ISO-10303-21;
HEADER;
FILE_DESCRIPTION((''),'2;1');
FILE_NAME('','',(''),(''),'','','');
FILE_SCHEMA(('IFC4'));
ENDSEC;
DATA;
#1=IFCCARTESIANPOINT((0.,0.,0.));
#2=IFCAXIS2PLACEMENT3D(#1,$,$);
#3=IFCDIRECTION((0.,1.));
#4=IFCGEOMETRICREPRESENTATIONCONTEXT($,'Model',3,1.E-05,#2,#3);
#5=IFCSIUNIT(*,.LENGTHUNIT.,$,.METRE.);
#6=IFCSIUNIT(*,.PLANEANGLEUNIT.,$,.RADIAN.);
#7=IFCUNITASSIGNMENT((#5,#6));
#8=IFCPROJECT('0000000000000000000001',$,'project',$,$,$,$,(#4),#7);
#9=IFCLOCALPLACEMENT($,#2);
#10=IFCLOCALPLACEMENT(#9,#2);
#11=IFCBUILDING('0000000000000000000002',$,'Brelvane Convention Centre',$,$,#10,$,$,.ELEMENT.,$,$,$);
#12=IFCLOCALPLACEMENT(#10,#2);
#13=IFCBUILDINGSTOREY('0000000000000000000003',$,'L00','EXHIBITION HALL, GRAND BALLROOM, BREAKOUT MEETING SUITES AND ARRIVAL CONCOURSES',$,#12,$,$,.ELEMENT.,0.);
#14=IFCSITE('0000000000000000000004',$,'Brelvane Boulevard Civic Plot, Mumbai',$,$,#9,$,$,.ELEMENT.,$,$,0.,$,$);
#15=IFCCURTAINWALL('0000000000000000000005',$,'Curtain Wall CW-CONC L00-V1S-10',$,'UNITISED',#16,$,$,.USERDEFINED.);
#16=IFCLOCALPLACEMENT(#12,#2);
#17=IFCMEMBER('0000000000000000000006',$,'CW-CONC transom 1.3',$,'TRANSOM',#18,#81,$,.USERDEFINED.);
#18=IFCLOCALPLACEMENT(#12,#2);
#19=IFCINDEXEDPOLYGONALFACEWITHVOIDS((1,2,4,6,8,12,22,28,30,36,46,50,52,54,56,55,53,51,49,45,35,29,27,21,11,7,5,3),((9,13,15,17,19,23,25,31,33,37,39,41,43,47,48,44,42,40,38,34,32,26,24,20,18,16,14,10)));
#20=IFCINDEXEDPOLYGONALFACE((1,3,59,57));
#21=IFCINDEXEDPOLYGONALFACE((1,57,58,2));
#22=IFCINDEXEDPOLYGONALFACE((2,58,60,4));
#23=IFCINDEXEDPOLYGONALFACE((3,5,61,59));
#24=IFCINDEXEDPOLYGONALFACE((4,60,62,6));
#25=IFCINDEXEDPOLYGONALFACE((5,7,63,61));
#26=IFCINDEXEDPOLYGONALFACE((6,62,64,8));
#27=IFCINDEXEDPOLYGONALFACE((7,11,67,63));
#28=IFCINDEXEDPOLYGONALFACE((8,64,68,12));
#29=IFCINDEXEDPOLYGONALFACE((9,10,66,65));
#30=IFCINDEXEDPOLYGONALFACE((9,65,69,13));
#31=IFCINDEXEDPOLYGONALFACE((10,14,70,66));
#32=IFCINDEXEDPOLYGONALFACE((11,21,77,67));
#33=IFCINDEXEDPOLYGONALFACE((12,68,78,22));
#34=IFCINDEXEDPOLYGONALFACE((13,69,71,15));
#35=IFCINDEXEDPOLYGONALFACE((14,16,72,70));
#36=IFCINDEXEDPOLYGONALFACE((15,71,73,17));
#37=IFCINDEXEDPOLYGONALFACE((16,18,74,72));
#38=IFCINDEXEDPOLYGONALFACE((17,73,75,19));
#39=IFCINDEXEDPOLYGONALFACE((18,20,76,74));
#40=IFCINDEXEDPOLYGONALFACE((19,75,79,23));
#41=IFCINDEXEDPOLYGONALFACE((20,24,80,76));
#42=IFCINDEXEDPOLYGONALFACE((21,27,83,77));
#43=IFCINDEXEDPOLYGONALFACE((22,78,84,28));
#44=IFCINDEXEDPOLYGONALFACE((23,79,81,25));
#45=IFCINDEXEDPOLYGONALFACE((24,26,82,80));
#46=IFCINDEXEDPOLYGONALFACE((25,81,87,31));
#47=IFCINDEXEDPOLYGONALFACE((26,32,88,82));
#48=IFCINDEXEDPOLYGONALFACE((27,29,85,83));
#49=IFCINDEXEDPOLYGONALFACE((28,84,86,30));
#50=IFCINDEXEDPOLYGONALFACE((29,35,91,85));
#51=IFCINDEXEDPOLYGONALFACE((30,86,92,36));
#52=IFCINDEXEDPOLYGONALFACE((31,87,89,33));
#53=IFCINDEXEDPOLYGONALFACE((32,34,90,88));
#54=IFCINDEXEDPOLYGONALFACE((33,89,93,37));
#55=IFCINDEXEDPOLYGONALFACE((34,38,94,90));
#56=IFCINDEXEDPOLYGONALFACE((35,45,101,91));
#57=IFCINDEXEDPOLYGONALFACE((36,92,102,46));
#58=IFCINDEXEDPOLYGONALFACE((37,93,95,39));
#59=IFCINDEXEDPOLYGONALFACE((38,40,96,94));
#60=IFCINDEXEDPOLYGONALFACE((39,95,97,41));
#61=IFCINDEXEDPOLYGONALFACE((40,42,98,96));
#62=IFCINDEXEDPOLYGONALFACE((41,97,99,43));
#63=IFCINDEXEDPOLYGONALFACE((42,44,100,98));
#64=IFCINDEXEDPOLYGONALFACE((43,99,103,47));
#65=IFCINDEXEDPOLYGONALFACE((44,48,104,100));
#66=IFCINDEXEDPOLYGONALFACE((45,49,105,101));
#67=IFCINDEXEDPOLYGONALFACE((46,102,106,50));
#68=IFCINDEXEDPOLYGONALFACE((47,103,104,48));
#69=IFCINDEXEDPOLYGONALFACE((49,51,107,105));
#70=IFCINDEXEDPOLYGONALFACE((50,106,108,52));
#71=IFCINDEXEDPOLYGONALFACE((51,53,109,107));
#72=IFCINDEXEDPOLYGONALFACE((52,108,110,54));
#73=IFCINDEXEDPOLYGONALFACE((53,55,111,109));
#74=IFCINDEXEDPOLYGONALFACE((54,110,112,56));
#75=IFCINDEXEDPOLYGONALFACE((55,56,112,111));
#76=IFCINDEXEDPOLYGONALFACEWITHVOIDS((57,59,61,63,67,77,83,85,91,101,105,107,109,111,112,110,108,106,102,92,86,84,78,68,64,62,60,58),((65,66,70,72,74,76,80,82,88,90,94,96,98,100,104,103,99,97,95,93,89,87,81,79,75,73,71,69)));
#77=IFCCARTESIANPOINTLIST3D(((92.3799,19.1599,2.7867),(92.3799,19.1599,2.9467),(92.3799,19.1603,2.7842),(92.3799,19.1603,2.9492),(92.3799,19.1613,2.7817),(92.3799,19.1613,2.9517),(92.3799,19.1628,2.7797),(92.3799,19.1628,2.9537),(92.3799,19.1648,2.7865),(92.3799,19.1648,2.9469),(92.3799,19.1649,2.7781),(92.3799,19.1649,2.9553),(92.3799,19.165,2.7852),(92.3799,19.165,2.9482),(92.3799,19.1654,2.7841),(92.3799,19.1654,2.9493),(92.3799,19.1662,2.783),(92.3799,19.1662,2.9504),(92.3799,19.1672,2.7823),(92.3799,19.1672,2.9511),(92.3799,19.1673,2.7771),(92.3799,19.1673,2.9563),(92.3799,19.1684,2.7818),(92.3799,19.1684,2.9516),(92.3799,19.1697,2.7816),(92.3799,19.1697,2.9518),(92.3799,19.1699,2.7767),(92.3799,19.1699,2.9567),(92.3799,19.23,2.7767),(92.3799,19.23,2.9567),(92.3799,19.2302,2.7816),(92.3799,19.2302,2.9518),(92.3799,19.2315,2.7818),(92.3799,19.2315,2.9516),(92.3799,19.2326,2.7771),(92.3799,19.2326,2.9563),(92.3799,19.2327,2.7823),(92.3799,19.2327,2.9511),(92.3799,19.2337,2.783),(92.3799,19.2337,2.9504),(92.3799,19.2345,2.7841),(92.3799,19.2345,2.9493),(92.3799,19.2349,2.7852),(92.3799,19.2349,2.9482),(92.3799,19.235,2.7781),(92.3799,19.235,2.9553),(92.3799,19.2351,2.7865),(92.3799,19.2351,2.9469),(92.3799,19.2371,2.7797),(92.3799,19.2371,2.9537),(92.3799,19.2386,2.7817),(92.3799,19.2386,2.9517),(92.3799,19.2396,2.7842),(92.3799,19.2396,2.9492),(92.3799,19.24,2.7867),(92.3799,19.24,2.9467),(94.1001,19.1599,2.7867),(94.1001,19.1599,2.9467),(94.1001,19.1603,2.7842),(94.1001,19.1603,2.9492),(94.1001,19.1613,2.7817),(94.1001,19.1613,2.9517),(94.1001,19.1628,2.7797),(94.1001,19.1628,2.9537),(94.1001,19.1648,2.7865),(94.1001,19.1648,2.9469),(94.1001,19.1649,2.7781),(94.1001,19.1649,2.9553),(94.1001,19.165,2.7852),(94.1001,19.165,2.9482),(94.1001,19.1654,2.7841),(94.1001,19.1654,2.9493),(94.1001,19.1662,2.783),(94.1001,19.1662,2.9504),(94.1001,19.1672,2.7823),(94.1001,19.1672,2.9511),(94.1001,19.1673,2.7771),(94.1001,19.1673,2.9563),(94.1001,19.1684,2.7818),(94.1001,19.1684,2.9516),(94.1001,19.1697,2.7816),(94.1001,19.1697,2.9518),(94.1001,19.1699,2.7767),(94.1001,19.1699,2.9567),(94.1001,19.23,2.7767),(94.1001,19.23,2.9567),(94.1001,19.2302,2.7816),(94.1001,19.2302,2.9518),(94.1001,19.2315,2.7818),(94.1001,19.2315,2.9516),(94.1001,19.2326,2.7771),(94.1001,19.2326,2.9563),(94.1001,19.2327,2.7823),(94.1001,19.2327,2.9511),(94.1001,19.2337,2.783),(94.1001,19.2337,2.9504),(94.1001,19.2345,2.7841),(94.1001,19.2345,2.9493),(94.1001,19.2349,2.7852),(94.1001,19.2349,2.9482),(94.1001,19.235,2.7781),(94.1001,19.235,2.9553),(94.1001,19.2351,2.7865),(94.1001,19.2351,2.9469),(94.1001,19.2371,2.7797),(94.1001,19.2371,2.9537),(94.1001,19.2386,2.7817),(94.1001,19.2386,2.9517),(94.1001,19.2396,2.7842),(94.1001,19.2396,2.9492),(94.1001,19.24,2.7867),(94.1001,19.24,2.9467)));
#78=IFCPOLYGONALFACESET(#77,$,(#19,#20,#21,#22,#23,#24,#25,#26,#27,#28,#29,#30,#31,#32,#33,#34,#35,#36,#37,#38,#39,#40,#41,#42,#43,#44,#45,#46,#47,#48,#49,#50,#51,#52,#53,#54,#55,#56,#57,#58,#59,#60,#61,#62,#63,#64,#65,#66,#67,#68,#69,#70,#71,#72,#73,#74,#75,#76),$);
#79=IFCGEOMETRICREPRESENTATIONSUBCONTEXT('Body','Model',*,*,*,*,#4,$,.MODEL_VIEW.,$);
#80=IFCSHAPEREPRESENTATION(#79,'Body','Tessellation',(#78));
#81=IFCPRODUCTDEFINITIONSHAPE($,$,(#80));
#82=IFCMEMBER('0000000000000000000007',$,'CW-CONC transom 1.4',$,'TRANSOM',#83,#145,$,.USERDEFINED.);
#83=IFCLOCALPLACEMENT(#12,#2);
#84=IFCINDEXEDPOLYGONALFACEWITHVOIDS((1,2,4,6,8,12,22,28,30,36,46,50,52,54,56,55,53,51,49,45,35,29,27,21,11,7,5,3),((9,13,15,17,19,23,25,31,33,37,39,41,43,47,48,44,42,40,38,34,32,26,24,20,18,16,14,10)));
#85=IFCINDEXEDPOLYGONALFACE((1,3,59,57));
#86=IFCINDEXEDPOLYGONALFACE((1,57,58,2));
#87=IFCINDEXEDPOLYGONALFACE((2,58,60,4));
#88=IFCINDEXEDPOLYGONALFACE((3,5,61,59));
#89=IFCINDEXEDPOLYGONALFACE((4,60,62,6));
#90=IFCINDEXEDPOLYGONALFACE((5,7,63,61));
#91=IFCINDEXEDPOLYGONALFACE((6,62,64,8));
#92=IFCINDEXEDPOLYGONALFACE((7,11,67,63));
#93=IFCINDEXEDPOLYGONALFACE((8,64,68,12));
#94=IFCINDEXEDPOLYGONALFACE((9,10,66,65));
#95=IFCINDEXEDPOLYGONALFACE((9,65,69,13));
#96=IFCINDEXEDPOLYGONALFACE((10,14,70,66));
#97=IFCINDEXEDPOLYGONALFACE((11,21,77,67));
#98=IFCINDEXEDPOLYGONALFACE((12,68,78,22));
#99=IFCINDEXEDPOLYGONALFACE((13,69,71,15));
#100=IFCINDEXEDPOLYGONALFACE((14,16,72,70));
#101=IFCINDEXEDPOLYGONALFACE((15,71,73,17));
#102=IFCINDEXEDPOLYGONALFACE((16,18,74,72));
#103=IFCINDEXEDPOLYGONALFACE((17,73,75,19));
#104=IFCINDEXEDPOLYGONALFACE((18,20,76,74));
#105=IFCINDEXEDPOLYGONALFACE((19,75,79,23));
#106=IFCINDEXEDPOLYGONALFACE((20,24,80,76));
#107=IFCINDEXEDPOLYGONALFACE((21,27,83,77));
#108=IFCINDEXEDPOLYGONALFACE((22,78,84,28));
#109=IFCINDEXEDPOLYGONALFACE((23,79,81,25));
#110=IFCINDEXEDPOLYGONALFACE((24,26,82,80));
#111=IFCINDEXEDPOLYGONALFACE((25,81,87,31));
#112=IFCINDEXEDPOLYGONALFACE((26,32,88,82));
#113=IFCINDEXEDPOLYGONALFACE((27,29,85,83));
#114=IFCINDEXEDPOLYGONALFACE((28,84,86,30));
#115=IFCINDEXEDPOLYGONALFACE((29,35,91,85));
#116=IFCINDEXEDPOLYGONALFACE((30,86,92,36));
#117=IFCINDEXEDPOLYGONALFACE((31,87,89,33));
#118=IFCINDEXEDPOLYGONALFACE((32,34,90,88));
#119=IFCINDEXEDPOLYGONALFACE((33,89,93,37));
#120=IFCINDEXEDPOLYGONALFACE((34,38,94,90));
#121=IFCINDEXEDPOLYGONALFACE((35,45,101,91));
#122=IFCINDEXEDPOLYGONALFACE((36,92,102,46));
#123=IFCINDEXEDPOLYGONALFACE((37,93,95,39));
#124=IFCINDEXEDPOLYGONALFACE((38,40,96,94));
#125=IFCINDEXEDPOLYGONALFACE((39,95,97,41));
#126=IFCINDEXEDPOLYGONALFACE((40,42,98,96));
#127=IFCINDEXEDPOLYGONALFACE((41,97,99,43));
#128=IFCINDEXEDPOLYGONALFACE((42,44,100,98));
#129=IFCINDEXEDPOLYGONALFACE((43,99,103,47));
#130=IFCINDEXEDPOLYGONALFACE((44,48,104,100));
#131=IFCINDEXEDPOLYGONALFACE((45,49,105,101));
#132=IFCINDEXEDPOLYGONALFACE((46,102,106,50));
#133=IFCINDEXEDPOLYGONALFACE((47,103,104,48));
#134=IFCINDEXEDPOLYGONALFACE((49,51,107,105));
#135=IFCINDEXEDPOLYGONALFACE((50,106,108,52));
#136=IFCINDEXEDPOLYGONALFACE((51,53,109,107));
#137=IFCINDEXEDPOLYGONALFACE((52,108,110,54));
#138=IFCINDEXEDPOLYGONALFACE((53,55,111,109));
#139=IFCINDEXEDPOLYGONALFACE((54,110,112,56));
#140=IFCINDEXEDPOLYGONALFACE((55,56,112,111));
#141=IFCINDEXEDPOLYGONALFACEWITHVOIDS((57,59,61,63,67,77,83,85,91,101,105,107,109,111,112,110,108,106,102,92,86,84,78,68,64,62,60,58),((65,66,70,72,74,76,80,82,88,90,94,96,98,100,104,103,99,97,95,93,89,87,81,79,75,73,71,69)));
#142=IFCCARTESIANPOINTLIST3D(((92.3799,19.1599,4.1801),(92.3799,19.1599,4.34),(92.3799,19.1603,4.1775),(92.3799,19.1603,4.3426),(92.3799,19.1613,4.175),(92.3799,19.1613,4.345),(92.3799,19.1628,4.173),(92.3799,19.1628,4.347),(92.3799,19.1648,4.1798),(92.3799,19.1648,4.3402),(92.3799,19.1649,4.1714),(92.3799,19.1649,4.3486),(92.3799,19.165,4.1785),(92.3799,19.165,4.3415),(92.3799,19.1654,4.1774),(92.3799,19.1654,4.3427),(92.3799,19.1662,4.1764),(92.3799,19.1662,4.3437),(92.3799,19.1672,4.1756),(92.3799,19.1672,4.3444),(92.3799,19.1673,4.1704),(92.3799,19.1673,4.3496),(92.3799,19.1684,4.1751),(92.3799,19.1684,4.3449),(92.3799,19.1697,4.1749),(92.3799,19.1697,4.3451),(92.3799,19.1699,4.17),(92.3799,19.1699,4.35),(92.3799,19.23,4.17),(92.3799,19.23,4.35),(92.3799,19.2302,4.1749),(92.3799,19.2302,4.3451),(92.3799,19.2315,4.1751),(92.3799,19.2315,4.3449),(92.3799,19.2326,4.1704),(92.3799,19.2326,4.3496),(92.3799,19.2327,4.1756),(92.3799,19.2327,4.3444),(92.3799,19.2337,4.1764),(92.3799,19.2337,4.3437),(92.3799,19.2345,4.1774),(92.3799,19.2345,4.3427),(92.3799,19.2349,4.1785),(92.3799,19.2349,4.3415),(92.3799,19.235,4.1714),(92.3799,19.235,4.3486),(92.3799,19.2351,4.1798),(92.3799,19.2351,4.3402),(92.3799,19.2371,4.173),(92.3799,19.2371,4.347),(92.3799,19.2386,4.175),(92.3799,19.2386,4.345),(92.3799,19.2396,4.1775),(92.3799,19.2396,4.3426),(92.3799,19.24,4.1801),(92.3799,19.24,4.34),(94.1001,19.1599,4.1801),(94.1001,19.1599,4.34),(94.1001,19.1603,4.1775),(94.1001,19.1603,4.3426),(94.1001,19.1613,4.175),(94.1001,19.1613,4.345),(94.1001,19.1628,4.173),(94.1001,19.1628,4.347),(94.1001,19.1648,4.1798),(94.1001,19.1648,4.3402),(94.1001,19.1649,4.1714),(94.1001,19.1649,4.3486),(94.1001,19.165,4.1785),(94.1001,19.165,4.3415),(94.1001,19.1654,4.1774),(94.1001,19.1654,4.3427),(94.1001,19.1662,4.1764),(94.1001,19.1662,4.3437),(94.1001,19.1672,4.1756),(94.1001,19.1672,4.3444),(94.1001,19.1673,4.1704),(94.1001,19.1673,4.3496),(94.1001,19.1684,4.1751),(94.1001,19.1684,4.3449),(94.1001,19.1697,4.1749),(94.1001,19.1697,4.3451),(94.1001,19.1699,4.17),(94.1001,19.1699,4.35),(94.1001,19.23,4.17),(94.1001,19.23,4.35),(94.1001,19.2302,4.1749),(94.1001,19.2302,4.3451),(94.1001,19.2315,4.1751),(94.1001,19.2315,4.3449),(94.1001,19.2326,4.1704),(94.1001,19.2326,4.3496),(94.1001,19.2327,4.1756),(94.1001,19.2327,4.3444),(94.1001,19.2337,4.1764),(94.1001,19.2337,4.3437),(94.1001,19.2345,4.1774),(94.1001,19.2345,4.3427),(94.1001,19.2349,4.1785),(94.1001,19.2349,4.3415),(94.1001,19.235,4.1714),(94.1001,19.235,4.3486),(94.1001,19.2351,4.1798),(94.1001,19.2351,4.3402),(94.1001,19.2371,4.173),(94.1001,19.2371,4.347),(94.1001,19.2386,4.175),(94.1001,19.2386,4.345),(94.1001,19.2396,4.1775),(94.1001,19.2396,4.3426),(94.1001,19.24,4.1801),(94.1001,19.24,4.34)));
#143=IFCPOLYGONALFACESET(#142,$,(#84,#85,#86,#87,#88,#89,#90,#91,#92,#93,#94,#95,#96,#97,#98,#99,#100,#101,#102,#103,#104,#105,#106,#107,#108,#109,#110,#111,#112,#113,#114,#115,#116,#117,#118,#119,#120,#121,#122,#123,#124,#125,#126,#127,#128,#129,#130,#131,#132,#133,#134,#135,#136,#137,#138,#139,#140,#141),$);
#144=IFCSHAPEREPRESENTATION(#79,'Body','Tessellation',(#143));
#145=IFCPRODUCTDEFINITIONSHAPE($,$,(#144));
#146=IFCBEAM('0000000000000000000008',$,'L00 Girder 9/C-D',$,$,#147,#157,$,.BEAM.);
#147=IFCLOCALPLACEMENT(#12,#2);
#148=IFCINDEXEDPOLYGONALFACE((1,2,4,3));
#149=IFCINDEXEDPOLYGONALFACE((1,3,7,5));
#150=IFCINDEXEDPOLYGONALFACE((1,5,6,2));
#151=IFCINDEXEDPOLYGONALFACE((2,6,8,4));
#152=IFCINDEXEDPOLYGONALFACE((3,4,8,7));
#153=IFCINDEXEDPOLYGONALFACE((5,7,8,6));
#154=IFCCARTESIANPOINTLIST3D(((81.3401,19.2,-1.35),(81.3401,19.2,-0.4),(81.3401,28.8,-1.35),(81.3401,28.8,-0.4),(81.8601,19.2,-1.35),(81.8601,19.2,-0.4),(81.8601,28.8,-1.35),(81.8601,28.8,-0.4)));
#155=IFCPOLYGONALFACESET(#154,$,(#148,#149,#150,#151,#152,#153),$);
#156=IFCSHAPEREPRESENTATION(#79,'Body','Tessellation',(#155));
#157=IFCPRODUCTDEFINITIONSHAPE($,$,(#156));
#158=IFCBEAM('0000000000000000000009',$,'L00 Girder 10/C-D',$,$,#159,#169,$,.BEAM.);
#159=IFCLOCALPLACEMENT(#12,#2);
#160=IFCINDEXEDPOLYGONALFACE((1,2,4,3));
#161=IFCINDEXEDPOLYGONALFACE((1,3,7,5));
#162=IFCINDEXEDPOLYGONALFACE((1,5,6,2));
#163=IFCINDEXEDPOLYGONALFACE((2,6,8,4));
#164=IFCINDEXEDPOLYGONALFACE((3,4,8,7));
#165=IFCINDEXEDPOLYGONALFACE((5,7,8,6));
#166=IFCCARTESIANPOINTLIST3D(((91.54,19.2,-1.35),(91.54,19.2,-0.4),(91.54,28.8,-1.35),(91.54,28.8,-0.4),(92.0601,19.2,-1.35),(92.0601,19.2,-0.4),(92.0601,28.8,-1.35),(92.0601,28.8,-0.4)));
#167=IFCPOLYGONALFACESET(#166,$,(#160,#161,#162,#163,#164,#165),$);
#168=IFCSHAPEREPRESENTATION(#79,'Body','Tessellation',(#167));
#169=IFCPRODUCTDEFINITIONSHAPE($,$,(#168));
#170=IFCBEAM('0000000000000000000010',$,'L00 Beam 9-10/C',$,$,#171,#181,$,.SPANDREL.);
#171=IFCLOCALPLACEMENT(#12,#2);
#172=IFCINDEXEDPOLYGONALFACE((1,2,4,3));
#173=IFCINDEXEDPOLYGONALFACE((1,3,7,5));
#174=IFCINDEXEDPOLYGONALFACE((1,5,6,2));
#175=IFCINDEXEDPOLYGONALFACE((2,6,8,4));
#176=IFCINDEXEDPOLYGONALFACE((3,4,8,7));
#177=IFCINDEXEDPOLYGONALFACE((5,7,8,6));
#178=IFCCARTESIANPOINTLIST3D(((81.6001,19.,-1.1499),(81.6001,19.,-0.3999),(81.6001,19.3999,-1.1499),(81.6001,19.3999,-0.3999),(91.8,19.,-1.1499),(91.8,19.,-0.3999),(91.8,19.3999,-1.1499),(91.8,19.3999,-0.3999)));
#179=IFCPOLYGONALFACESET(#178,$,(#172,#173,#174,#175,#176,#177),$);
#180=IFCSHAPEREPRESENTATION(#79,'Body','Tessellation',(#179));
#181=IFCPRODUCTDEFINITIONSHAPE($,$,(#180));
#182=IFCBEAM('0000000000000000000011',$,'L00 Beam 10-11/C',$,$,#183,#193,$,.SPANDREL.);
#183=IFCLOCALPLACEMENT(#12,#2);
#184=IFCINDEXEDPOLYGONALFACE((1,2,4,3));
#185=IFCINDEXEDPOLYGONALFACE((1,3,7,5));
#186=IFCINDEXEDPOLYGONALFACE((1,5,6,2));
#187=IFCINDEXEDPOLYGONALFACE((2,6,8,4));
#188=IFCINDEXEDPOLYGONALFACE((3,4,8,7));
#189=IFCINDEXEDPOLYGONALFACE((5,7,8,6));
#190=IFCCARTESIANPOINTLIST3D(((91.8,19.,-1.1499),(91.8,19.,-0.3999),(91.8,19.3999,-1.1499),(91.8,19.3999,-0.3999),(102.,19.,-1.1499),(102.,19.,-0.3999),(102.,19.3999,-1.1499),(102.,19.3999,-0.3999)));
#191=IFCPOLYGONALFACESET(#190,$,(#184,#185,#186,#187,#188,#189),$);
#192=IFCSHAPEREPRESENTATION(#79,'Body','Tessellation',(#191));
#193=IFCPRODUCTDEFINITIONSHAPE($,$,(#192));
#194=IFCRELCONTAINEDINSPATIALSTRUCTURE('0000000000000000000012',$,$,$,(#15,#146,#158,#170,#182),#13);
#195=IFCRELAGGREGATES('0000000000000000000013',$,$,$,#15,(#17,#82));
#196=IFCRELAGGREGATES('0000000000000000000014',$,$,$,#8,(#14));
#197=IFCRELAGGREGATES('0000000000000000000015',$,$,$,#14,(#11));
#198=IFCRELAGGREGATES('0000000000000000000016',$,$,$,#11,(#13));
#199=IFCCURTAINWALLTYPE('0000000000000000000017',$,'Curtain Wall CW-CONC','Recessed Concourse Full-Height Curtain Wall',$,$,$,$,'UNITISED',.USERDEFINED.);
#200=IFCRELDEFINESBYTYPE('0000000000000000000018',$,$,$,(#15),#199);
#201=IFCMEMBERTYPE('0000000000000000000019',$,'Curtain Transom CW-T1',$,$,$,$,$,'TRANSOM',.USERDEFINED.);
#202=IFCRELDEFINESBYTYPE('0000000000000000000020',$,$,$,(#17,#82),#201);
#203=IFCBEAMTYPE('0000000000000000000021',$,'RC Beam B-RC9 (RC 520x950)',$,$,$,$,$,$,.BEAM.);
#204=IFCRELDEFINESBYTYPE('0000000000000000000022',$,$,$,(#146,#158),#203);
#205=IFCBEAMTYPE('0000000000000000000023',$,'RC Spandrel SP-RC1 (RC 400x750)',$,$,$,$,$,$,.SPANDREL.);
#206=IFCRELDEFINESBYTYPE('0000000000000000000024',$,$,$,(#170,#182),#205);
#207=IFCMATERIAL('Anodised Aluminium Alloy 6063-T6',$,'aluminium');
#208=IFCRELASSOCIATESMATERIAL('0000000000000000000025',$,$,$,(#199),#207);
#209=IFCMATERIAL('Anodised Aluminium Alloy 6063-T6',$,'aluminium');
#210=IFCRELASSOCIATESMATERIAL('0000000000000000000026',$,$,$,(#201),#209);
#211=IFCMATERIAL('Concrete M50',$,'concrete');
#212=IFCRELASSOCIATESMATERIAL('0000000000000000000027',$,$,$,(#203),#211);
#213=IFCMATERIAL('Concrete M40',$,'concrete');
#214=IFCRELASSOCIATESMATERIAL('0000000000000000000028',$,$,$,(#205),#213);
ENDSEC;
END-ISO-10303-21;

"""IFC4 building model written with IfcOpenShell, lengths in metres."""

from ifc_helpers import new_model, si_unit, direction, frame, origin, origin_2d, place, context, subcontext, project, spatial, rectangle, hollow_rectangle, extrude, material, material_profile, profile_set, type_object, element, aggregate, save


model = new_model("IFC4")

# Units and contexts
model_context = context("Model", 3, precision=1e-05, world=origin(), true_north=direction((0.0, 1.0)))
body_context = subcontext(model_context, "Body", "Model", "MODEL_VIEW")
ifc_project = project(units=[si_unit("LENGTHUNIT", "METRE"), si_unit("PLANEANGLEUNIT", "RADIAN")], contexts=[model_context])

# Site, building, storey
site_placement = place(None, origin())
site = spatial("IfcSite", under=ifc_project, at=site_placement, Name="Brelvane Boulevard Civic Plot, Mumbai", CompositionType="ELEMENT", RefElevation=0.0)
building_placement = place(site_placement, origin())
building = spatial("IfcBuilding", under=site, at=building_placement, Name="Brelvane Convention Centre", CompositionType="ELEMENT")
storey_placement = place(building_placement, origin())
storey = spatial("IfcBuildingStorey", under=building, at=storey_placement, Name="L00", Description="EXHIBITION HALL, GRAND BALLROOM, BREAKOUT MEETING SUITES AND ARRIVAL CONCOURSES", CompositionType="ELEMENT", Elevation=0.0)

# Shared definitions
ifc_material_1 = material(Name="Anodised Aluminium Alloy 6063-T6", Category="aluminium")
curtain_wall_type = type_object("IfcCurtainWallType", Name="Curtain Wall CW-CONC", Description="Recessed Concourse Full-Height Curtain Wall", ElementType="UNITISED", PredefinedType="USERDEFINED", material=ifc_material_1)

# Curtain wall, members
curtain_wall_1_placement = place(storey_placement, origin())
curtain_wall_1 = element("IfcCurtainWall", 1, at=curtain_wall_1_placement, inside=storey, type_object=curtain_wall_type, Name="Curtain Wall CW-CONC L00-V1S-10", ObjectType="UNITISED", PredefinedType="USERDEFINED")
ifc_material_2 = material(Name="Anodised Aluminium Alloy 6063-T6", Category="aluminium")
ifc_material_profile_1 = material_profile(ifc_material_2, hollow_rectangle(XDim=0.0801, YDim=0.1799, WallThickness=0.0049, InnerFilletRadius=0.0049, OuterFilletRadius=0.01, at=origin_2d()), Name="ALU-T 180x80x5.0")
ifc_profile_set_1 = profile_set([ifc_material_profile_1], Name="Anodised Aluminium Alloy 6063-T6")
member_type_1 = type_object("IfcMemberType", Name="Curtain Transom CW-T1", ElementType="TRANSOM", PredefinedType="USERDEFINED", material=ifc_profile_set_1)
member_1_placement = place(storey_placement, frame((92.3799, 19.2, 2.8667), z_axis=(1.0, 0.0, 0.0), x_axis=(0.0, 1.0, 0.0)))
member_1 = element("IfcMember", 2, at=member_1_placement, type_object=member_type_1, Name="CW-CONC transom 1.3", ObjectType="TRANSOM", PredefinedType="USERDEFINED", context=body_context, shape_type="SweptSolid", body=[
    extrude(hollow_rectangle(XDim=0.0801, YDim=0.1799, WallThickness=0.0049, InnerFilletRadius=0.0049, OuterFilletRadius=0.01, at=origin_2d()), origin(), (0.0, 0.0, 1.0), 1.7202),
])
member_2_placement = place(storey_placement, frame((92.3799, 19.2, 4.26), z_axis=(1.0, 0.0, 0.0), x_axis=(0.0, 1.0, 0.0)))
member_2 = element("IfcMember", 3, at=member_2_placement, type_object=member_type_1, Name="CW-CONC transom 1.4", ObjectType="TRANSOM", PredefinedType="USERDEFINED", context=body_context, shape_type="SweptSolid", body=[
    extrude(hollow_rectangle(XDim=0.0801, YDim=0.1799, WallThickness=0.0049, InnerFilletRadius=0.0049, OuterFilletRadius=0.01, at=origin_2d()), origin(), (0.0, 0.0, 1.0), 1.7202),
])

# Beams
ifc_material_3 = material(Name="Concrete M50", Category="concrete")
ifc_material_profile_2 = material_profile(ifc_material_3, rectangle(XDim=0.52, YDim=0.95, at=origin_2d()), Name="RC 520x950")
ifc_profile_set_2 = profile_set([ifc_material_profile_2], Name="Concrete M50")
beam_type_1 = type_object("IfcBeamType", Name="RC Beam B-RC9 (RC 520x950)", PredefinedType="BEAM", material=ifc_profile_set_2)
for number, where, z_axis, x_axis, name in (
    (4, (81.6001, 19.2, -0.875), (0.0, 1.0, 0.0), (-1.0, 0.0, 0.0), "L00 Girder 9/C-D"),
    (5, (91.8, 19.2, -0.875), (0.0, 1.0, 0.0), (-1.0, 0.0, 0.0), "L00 Girder 10/C-D"),
):
    element("IfcBeam", number, at=place(storey_placement, frame(where, z_axis=z_axis, x_axis=x_axis)), inside=storey, type_object=beam_type_1, Name=name, PredefinedType="BEAM", context=body_context, shape_type="SweptSolid", body=[
        extrude(rectangle(XDim=0.52, YDim=0.95, at=origin_2d()), origin(), (0.0, 0.0, 1.0), 9.6001),
    ])
ifc_material_4 = material(Name="Concrete M40", Category="concrete")
ifc_material_profile_3 = material_profile(ifc_material_4, rectangle(XDim=0.3999, YDim=0.75, at=origin_2d()), Name="RC 400x750")
ifc_profile_set_3 = profile_set([ifc_material_profile_3], Name="Concrete M40")
beam_type_2 = type_object("IfcBeamType", Name="RC Spandrel SP-RC1 (RC 400x750)", PredefinedType="SPANDREL", material=ifc_profile_set_3)
for number, where, z_axis, x_axis, name in (
    (6, (81.6001, 19.2, -0.7749), (1.0, 0.0, 0.0), (0.0, 1.0, 0.0), "L00 Beam 9-10/C"),
    (7, (91.8, 19.2, -0.7749), (1.0, 0.0, 0.0), (0.0, 1.0, 0.0), "L00 Beam 10-11/C"),
):
    element("IfcBeam", number, at=place(storey_placement, frame(where, z_axis=z_axis, x_axis=x_axis)), inside=storey, type_object=beam_type_2, Name=name, PredefinedType="SPANDREL", context=body_context, shape_type="SweptSolid", body=[
        extrude(rectangle(XDim=0.3999, YDim=0.75, at=origin_2d()), origin(), (0.0, 0.0, 1.0), 10.2),
    ])

aggregate(curtain_wall_1, [member_1, member_2])

save(model, "model.ifc")
